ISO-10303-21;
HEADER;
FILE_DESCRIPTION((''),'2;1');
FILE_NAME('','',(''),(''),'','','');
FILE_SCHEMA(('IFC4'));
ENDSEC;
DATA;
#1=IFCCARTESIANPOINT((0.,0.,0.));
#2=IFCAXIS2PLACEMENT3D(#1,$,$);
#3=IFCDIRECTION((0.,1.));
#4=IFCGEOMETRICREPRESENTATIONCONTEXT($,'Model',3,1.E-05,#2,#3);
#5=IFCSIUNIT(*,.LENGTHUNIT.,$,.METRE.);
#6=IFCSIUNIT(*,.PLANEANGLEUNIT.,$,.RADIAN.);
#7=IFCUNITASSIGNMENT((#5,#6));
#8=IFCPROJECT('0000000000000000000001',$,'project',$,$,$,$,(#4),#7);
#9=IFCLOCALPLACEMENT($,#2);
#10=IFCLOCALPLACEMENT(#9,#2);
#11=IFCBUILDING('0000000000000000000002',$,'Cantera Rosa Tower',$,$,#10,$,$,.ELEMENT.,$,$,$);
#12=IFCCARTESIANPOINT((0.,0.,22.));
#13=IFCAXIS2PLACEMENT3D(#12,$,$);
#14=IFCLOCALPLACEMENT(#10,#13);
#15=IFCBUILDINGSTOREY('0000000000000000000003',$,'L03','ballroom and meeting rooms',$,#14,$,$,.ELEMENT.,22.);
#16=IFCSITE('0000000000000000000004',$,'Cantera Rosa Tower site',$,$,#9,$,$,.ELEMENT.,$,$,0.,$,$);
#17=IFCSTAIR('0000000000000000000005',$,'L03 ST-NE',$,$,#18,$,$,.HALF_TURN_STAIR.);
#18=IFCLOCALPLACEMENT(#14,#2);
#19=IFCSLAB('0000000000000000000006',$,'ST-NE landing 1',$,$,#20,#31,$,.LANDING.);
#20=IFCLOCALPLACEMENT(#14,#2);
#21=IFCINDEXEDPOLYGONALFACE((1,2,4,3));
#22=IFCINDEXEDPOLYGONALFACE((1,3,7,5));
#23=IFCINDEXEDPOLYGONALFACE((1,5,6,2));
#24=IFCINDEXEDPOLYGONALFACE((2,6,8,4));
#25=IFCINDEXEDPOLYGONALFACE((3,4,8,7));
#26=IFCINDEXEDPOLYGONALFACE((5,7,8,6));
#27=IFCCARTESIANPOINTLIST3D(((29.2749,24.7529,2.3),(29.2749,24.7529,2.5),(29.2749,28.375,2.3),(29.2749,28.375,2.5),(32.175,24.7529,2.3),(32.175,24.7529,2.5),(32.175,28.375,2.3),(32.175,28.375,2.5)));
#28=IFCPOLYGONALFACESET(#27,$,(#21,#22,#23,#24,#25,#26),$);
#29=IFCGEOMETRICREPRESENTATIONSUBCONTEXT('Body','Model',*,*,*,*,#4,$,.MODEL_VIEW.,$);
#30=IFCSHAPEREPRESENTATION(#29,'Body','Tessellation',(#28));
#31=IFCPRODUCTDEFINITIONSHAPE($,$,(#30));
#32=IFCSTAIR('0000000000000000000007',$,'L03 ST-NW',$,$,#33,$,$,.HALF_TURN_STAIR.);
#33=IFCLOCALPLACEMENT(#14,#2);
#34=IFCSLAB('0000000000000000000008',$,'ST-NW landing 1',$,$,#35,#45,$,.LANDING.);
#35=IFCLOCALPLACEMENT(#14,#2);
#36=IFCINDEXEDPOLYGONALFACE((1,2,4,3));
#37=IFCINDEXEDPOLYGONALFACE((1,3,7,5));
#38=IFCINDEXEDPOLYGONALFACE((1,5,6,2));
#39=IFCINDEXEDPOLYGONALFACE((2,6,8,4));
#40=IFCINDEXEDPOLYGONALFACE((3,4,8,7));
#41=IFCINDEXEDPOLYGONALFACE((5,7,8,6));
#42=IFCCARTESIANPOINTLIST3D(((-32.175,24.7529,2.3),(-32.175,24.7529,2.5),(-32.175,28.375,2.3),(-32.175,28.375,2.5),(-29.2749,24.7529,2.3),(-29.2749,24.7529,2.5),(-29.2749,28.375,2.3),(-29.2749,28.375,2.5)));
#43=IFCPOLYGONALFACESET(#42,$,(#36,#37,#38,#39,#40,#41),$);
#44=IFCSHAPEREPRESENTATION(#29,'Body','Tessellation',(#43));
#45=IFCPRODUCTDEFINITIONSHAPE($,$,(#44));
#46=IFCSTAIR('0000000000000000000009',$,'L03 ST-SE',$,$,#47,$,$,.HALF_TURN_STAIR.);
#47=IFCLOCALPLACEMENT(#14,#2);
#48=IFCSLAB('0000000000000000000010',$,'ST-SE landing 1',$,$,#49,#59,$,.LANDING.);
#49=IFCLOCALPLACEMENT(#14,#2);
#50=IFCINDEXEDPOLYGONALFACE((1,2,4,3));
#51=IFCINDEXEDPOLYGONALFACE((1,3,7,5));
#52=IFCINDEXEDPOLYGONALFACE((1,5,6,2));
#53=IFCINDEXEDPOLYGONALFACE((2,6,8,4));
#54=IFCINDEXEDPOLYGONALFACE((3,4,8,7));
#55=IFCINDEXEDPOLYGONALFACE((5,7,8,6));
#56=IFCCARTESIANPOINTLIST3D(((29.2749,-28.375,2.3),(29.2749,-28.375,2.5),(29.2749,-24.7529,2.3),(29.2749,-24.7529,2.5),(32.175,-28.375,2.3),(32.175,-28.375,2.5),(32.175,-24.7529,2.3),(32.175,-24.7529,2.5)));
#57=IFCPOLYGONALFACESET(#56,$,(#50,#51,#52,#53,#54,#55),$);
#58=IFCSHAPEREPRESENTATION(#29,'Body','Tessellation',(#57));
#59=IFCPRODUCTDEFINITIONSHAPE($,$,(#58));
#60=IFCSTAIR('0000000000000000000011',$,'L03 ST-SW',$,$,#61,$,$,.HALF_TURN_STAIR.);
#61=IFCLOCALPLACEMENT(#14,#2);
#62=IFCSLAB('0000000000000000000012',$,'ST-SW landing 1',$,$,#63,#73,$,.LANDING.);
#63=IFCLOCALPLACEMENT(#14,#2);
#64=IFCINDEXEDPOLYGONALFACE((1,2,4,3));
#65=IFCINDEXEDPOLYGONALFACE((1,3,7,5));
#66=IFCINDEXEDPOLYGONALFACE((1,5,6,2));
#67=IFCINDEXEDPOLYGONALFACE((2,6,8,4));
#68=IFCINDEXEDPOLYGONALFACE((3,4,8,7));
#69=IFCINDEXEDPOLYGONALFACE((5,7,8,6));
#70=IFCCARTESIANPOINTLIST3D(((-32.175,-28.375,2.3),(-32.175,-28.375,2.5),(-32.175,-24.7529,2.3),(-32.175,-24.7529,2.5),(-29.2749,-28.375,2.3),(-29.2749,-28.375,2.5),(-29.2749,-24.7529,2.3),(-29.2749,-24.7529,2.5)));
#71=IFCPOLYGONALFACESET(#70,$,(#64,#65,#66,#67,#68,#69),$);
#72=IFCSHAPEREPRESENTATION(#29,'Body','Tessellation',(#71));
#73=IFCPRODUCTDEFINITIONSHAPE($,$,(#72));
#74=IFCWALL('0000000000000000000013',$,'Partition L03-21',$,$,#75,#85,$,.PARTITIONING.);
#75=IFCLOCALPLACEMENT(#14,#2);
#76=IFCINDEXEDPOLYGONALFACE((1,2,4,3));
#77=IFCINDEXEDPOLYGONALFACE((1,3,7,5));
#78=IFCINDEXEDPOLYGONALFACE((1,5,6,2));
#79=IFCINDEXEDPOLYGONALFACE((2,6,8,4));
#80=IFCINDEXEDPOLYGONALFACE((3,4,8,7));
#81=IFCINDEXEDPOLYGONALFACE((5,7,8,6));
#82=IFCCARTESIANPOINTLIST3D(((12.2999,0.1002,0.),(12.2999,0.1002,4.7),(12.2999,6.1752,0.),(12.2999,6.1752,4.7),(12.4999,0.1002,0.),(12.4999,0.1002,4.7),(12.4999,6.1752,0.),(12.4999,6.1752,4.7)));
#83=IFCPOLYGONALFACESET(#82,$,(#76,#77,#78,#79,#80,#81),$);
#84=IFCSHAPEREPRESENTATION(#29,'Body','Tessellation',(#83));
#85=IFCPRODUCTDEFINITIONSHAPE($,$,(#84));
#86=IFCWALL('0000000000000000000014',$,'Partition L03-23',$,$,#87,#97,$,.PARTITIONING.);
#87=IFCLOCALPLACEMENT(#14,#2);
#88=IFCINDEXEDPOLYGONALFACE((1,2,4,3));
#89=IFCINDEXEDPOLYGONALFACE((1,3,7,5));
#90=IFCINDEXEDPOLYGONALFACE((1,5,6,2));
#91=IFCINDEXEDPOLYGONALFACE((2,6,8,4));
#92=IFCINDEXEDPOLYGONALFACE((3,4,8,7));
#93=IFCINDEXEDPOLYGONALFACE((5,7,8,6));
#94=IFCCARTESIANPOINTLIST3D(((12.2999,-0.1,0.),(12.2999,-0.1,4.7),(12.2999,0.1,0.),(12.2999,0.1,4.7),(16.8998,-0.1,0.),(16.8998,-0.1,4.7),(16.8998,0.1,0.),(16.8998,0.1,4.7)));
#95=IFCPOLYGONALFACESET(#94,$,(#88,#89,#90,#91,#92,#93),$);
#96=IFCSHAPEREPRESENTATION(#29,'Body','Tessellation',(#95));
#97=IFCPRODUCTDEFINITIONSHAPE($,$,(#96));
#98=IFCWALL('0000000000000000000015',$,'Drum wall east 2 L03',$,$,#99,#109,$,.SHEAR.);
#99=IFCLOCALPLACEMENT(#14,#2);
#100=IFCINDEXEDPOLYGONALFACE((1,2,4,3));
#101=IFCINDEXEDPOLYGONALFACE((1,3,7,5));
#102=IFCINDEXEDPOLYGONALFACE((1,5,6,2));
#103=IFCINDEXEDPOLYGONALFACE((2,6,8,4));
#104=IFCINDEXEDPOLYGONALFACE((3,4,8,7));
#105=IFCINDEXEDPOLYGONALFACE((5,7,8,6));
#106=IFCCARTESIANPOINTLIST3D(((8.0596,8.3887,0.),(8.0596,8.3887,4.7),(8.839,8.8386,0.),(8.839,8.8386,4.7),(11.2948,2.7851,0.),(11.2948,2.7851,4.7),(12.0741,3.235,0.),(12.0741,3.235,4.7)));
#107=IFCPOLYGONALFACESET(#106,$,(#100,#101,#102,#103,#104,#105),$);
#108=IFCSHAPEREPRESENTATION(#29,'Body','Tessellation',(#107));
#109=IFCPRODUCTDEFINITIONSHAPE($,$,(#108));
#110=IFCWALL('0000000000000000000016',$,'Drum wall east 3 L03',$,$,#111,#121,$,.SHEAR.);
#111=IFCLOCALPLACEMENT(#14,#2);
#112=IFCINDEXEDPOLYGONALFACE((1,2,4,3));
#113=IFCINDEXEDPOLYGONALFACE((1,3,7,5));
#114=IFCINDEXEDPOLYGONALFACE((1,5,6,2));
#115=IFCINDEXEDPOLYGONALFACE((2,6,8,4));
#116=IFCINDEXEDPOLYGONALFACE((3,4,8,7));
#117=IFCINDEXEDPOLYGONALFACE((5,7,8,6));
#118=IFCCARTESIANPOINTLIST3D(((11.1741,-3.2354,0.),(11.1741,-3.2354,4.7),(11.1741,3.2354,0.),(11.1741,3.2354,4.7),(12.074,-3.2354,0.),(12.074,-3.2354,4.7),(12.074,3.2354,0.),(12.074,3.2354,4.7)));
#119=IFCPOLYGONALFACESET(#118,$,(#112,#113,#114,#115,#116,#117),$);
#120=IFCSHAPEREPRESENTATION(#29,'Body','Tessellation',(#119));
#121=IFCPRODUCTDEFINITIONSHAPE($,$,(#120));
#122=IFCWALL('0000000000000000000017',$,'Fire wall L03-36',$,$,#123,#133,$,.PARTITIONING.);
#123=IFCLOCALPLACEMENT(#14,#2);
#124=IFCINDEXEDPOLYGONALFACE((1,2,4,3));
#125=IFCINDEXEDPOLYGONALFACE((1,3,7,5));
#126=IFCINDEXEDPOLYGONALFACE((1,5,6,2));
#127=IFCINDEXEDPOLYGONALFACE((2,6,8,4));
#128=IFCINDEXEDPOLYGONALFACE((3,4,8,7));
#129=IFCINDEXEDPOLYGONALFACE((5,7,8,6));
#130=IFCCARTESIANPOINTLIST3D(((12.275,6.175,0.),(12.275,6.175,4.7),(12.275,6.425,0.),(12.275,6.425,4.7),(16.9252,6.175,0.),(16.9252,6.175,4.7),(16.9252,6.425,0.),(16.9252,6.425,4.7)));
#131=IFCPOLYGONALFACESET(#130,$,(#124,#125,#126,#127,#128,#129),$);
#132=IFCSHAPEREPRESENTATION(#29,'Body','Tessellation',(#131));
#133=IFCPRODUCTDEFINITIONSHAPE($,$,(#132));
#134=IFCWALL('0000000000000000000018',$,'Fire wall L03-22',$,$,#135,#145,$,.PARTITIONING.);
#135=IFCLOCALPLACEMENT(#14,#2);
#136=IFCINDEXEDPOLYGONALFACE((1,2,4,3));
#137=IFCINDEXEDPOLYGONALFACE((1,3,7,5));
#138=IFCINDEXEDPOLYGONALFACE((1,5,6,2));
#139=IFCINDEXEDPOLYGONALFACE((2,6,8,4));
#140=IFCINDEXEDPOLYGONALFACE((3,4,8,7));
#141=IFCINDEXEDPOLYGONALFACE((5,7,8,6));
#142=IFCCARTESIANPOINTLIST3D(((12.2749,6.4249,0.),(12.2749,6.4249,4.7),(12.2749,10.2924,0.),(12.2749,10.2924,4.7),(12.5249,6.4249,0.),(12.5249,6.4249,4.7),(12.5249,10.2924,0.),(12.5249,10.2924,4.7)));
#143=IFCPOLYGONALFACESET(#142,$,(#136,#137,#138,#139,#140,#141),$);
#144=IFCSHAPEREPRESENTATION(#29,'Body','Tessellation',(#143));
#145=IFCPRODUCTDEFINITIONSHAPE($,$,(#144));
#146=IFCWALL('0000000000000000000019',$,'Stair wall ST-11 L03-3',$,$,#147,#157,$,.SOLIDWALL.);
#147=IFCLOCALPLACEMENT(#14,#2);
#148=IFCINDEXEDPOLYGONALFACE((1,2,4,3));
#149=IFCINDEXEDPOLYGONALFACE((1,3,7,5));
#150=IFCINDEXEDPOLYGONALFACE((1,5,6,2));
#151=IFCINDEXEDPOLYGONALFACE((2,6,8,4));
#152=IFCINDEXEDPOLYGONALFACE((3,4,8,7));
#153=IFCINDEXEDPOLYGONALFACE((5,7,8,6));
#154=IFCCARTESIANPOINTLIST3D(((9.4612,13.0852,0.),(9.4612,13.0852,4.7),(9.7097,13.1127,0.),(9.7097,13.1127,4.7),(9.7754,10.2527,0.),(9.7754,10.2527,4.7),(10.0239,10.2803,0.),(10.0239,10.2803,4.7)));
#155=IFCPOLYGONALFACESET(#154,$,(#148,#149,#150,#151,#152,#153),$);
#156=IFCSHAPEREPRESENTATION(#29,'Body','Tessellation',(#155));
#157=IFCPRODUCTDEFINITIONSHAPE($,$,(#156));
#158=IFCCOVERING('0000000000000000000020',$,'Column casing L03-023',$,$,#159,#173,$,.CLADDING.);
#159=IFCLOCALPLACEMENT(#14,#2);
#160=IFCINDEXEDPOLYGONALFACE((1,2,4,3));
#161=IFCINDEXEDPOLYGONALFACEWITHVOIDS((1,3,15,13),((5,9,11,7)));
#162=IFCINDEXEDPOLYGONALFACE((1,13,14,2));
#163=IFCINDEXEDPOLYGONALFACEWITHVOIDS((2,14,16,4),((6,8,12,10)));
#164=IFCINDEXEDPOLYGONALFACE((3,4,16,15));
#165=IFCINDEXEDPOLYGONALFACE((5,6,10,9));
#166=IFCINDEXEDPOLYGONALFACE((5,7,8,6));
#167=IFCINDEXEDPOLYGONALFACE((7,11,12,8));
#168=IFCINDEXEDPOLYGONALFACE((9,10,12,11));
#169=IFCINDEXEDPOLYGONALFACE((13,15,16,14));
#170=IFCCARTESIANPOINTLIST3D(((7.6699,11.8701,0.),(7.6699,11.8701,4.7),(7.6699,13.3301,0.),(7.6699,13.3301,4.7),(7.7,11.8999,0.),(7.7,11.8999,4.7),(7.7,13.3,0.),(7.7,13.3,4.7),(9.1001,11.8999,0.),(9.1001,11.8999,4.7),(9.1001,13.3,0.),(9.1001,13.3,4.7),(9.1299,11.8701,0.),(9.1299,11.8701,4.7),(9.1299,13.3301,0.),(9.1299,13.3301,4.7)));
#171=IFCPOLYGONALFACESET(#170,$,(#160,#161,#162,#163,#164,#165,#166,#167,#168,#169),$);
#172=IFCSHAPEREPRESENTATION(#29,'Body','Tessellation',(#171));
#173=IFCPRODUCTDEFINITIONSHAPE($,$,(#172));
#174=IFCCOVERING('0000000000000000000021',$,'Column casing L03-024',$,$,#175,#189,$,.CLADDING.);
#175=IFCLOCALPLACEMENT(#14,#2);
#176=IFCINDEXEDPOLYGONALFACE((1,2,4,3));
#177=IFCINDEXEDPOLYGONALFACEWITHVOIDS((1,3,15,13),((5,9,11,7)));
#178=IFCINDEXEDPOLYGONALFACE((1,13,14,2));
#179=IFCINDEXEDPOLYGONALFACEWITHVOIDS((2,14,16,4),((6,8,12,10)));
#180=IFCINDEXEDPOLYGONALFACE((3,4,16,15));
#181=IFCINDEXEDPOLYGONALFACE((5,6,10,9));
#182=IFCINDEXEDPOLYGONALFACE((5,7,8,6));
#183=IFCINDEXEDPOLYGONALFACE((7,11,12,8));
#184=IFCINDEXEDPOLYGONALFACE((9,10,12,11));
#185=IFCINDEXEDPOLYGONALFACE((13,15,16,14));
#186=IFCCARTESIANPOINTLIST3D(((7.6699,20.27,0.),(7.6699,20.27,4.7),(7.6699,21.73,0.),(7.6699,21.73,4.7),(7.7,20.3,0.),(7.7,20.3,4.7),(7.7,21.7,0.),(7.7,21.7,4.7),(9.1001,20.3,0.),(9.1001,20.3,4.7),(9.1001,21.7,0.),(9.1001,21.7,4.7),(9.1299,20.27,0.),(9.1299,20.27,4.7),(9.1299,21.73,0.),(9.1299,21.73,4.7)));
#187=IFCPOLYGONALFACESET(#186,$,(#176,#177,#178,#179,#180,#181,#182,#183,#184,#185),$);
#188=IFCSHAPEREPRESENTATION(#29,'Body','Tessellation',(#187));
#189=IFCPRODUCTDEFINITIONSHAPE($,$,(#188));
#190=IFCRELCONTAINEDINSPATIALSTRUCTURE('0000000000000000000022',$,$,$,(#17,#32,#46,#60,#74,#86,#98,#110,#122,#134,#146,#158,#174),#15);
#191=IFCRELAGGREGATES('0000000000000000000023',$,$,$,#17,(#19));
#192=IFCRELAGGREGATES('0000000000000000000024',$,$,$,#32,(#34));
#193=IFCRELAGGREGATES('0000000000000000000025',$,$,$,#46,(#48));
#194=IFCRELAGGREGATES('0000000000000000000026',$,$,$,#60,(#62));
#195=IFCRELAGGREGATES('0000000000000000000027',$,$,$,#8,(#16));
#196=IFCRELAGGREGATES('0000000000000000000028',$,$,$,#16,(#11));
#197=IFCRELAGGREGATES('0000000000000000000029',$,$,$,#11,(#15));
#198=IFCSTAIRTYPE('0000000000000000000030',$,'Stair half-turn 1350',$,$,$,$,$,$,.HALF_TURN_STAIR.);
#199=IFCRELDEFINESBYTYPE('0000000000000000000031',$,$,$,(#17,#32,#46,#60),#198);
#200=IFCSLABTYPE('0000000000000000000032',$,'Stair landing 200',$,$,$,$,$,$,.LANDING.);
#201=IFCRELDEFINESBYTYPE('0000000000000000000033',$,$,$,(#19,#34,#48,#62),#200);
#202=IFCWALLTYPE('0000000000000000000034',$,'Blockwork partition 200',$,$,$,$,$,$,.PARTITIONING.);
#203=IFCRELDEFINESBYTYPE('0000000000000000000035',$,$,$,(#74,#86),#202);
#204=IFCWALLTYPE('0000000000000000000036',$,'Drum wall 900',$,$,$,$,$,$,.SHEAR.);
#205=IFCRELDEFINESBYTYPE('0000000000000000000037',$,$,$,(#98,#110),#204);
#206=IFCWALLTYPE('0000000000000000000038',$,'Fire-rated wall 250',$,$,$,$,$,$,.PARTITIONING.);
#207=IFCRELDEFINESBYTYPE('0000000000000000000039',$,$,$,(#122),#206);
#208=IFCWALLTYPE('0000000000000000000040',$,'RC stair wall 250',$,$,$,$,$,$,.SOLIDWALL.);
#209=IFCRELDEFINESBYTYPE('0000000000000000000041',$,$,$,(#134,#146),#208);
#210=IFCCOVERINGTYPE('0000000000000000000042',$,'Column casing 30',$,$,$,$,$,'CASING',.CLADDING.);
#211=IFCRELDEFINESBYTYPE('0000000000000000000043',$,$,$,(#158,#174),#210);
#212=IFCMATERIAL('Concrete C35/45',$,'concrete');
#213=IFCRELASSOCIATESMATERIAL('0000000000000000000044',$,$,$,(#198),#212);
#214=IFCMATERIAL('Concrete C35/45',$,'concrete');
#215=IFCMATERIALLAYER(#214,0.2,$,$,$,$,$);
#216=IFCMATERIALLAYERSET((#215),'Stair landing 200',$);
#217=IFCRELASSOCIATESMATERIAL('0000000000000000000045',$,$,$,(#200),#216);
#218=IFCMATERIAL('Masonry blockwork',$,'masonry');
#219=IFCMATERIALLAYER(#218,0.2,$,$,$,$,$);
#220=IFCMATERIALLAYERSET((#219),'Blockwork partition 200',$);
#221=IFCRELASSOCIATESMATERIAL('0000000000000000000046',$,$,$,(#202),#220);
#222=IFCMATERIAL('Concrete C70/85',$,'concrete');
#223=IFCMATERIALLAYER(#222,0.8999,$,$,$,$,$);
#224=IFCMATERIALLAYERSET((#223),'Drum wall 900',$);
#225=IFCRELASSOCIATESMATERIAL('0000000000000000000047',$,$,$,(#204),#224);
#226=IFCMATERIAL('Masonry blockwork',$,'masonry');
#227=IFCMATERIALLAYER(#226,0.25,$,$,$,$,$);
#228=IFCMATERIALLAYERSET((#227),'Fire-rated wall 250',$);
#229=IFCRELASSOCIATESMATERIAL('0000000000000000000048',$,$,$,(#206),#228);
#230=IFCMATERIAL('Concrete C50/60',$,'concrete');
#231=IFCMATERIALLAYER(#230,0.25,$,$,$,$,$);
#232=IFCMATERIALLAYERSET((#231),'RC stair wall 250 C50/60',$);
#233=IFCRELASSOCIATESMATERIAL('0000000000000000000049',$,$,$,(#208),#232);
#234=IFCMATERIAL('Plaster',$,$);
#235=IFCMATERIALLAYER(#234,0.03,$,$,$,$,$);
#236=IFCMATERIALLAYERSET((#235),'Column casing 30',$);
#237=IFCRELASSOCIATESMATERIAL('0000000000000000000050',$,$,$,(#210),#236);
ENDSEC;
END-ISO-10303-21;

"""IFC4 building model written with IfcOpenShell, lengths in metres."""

from ifc_helpers import new_model, si_unit, direction, frame, frame_2d, origin, place, context, subcontext, project, spatial, polyline, rectangle, outline, extrude, material, layer, layer_set, type_object, element, aggregate, save


model = new_model("IFC4")

# Units and contexts
model_context = context("Model", 3, precision=1e-05, world=origin(), true_north=direction((0.0, 1.0)))
body_context = subcontext(model_context, "Body", "Model", "MODEL_VIEW")
ifc_project = project(units=[si_unit("LENGTHUNIT", "METRE"), si_unit("PLANEANGLEUNIT", "RADIAN")], contexts=[model_context])

# Site, building, storey
site_placement = place(None, origin())
site = spatial("IfcSite", under=ifc_project, at=site_placement, Name="Cantera Rosa Tower site", CompositionType="ELEMENT", RefElevation=0.0)
building_placement = place(site_placement, origin())
building = spatial("IfcBuilding", under=site, at=building_placement, Name="Cantera Rosa Tower", CompositionType="ELEMENT")
storey_placement = place(building_placement, frame((0.0, 0.0, 22.0)))
storey = spatial("IfcBuildingStorey", under=building, at=storey_placement, Name="L03", Description="ballroom and meeting rooms", CompositionType="ELEMENT", Elevation=22.0)

# Stairs, slabs
ifc_material_1 = material(Name="Concrete C35/45", Category="concrete")
stair_type = type_object("IfcStairType", Name="Stair half-turn 1350", PredefinedType="HALF_TURN_STAIR", material=ifc_material_1)
stair_1_placement = place(storey_placement, origin())
stair_1 = element("IfcStair", 1, at=stair_1_placement, inside=storey, type_object=stair_type, Name="L03 ST-NE", PredefinedType="HALF_TURN_STAIR")
ifc_material_2 = material(Name="Concrete C35/45", Category="concrete")
ifc_layer_1 = layer(ifc_material_2, 0.2)
ifc_layer_set_1 = layer_set([ifc_layer_1], Name="Stair landing 200")
slab_type = type_object("IfcSlabType", Name="Stair landing 200", PredefinedType="LANDING", material=ifc_layer_set_1)
slab_1_placement = place(storey_placement, frame((0.0, 0.0, 2.3)))
slab_1 = element("IfcSlab", 2, at=slab_1_placement, type_object=slab_type, Name="ST-NE landing 1", PredefinedType="LANDING", context=body_context, shape_type="SweptSolid", body=[
    extrude(outline(polyline([(32.175, 24.7529), (32.175, 28.375), (29.2749, 28.375), (29.2749, 24.7529), (32.175, 24.7529)])), origin(), (0.0, 0.0, 1.0), 0.2),
])
aggregate(stair_1, [slab_1])
stair_2_placement = place(storey_placement, origin())
stair_2 = element("IfcStair", 3, at=stair_2_placement, inside=storey, type_object=stair_type, Name="L03 ST-NW", PredefinedType="HALF_TURN_STAIR")
slab_2_placement = place(storey_placement, frame((0.0, 0.0, 2.3)))
slab_2 = element("IfcSlab", 4, at=slab_2_placement, type_object=slab_type, Name="ST-NW landing 1", PredefinedType="LANDING", context=body_context, shape_type="SweptSolid", body=[
    extrude(outline(polyline([(-29.2749, 24.7529), (-29.2749, 28.375), (-32.175, 28.375), (-32.175, 24.7529), (-29.2749, 24.7529)])), origin(), (0.0, 0.0, 1.0), 0.2),
])
aggregate(stair_2, [slab_2])
stair_3_placement = place(storey_placement, origin())
stair_3 = element("IfcStair", 5, at=stair_3_placement, inside=storey, type_object=stair_type, Name="L03 ST-SE", PredefinedType="HALF_TURN_STAIR")
slab_3_placement = place(storey_placement, frame((0.0, 0.0, 2.3)))
slab_3 = element("IfcSlab", 6, at=slab_3_placement, type_object=slab_type, Name="ST-SE landing 1", PredefinedType="LANDING", context=body_context, shape_type="SweptSolid", body=[
    extrude(outline(polyline([(29.2749, -24.7529), (29.2749, -28.375), (32.175, -28.375), (32.175, -24.7529), (29.2749, -24.7529)])), origin(), (0.0, 0.0, 1.0), 0.2),
])
aggregate(stair_3, [slab_3])
stair_4_placement = place(storey_placement, origin())
stair_4 = element("IfcStair", 7, at=stair_4_placement, inside=storey, type_object=stair_type, Name="L03 ST-SW", PredefinedType="HALF_TURN_STAIR")
slab_4_placement = place(storey_placement, frame((0.0, 0.0, 2.3)))
slab_4 = element("IfcSlab", 8, at=slab_4_placement, type_object=slab_type, Name="ST-SW landing 1", PredefinedType="LANDING", context=body_context, shape_type="SweptSolid", body=[
    extrude(outline(polyline([(-32.175, -24.7529), (-32.175, -28.375), (-29.2749, -28.375), (-29.2749, -24.7529), (-32.175, -24.7529)])), origin(), (0.0, 0.0, 1.0), 0.2),
])
aggregate(stair_4, [slab_4])

# Walls
ifc_material_3 = material(Name="Masonry blockwork", Category="masonry")
ifc_layer_2 = layer(ifc_material_3, 0.2)
ifc_layer_set_2 = layer_set([ifc_layer_2], Name="Blockwork partition 200")
wall_type_1 = type_object("IfcWallType", Name="Blockwork partition 200", PredefinedType="PARTITIONING", material=ifc_layer_set_2)
wall_1_placement = place(storey_placement, frame((12.3999, 0.1001, 0.0), z_axis=(0.0, 0.0, 1.0), x_axis=(0.0, 1.0, 0.0)))
element("IfcWall", 9, at=wall_1_placement, inside=storey, type_object=wall_type_1, Name="Partition L03-21", PredefinedType="PARTITIONING", context=body_context, shape_type="SweptSolid", body=[
    extrude(rectangle(XDim=6.075, YDim=0.2, at=frame_2d((3.0376, 0.0))), origin(), (0.0, 0.0, 1.0), 4.7),
])
wall_2_placement = place(storey_placement, frame((12.3, 0.0, 0.0), z_axis=(0.0, 0.0, 1.0), x_axis=(1.0, 0.0, 0.0)))
element("IfcWall", 10, at=wall_2_placement, inside=storey, type_object=wall_type_1, Name="Partition L03-23", PredefinedType="PARTITIONING", context=body_context, shape_type="SweptSolid", body=[
    extrude(rectangle(XDim=4.5999, YDim=0.2, at=frame_2d((2.2998, 0.0))), origin(), (0.0, 0.0, 1.0), 4.7),
])
ifc_material_4 = material(Name="Concrete C70/85", Category="concrete")
ifc_layer_3 = layer(ifc_material_4, 0.8999)
ifc_layer_set_3 = layer_set([ifc_layer_3], Name="Drum wall 900")
wall_type_2 = type_object("IfcWallType", Name="Drum wall 900", PredefinedType="SHEAR", material=ifc_layer_set_3)
wall_3_placement = place(storey_placement, frame((8.4492, 8.6138, 0.0), z_axis=(0.0, 0.0, 1.0), x_axis=(0.49999, -0.866031, 0.0)))
element("IfcWall", 11, at=wall_3_placement, inside=storey, type_object=wall_type_2, Name="Drum wall east 2 L03", PredefinedType="SHEAR", context=body_context, shape_type="SweptSolid", body=[
    extrude(rectangle(XDim=6.4705, YDim=0.8999, at=frame_2d((3.2354, 0.0))), origin(), (0.0, 0.0, 1.0), 4.7),
])
wall_4_placement = place(storey_placement, frame((11.624, 3.2354, 0.0), z_axis=(0.0, 0.0, 1.0), x_axis=(0.0, -1.0, 0.0)))
element("IfcWall", 12, at=wall_4_placement, inside=storey, type_object=wall_type_2, Name="Drum wall east 3 L03", PredefinedType="SHEAR", context=body_context, shape_type="SweptSolid", body=[
    extrude(rectangle(XDim=6.4707, YDim=0.8999, at=frame_2d((3.2354, 0.0))), origin(), (0.0, 0.0, 1.0), 4.7),
])
ifc_material_5 = material(Name="Masonry blockwork", Category="masonry")
ifc_layer_4 = layer(ifc_material_5, 0.25)
ifc_layer_set_4 = layer_set([ifc_layer_4], Name="Fire-rated wall 250")
wall_type_3 = type_object("IfcWallType", Name="Fire-rated wall 250", PredefinedType="PARTITIONING", material=ifc_layer_set_4)
wall_5_placement = place(storey_placement, frame((12.2749, 6.3, 0.0), z_axis=(0.0, 0.0, 1.0), x_axis=(1.0, 0.0, 0.0)))
element("IfcWall", 13, at=wall_5_placement, inside=storey, type_object=wall_type_3, Name="Fire wall L03-36", PredefinedType="PARTITIONING", context=body_context, shape_type="SweptSolid", body=[
    extrude(rectangle(XDim=4.6501, YDim=0.25, at=frame_2d((2.3252, 0.0))), origin(), (0.0, 0.0, 1.0), 4.7),
])
ifc_material_6 = material(Name="Concrete C50/60", Category="concrete")
ifc_layer_5 = layer(ifc_material_6, 0.25)
ifc_layer_set_5 = layer_set([ifc_layer_5], Name="RC stair wall 250 C50/60")
wall_type_4 = type_object("IfcWallType", Name="RC stair wall 250", PredefinedType="SOLIDWALL", material=ifc_layer_set_5)
wall_6_placement = place(storey_placement, frame((12.3999, 6.425, 0.0), z_axis=(0.0, 0.0, 1.0), x_axis=(0.0, 1.0, 0.0)))
element("IfcWall", 14, at=wall_6_placement, inside=storey, type_object=wall_type_4, Name="Fire wall L03-22", PredefinedType="PARTITIONING", context=body_context, shape_type="SweptSolid", body=[
    extrude(rectangle(XDim=3.8674, YDim=0.25, at=frame_2d((1.9336, 0.0))), origin(), (0.0, 0.0, 1.0), 4.7),
])
wall_7_placement = place(storey_placement, frame((9.8997, 10.2666, 0.0), z_axis=(0.0, 0.0, 1.0), x_axis=(-0.110253, 0.993904, 0.0)))
element("IfcWall", 15, at=wall_7_placement, inside=storey, type_object=wall_type_4, Name="Stair wall ST-11 L03-3", PredefinedType="SOLIDWALL", context=body_context, shape_type="SweptSolid", body=[
    extrude(rectangle(XDim=2.8499, YDim=0.25, at=frame_2d((1.4248, 0.0))), origin(), (0.0, 0.0, 1.0), 4.7),
])

# Coverings
ifc_material_7 = material(Name="Plaster")
ifc_layer_6 = layer(ifc_material_7, 0.03)
ifc_layer_set_6 = layer_set([ifc_layer_6], Name="Column casing 30")
covering_type = type_object("IfcCoveringType", Name="Column casing 30", ElementType="CASING", PredefinedType="CLADDING", material=ifc_layer_set_6)
covering_1_placement = place(storey_placement, origin())
element("IfcCovering", 16, at=covering_1_placement, inside=storey, type_object=covering_type, Name="Column casing L03-023", PredefinedType="CLADDING", context=body_context, shape_type="SweptSolid", body=[
    extrude(outline(polyline([(7.6699, 11.8701), (9.1299, 11.8701), (9.1299, 13.3301), (7.6699, 13.3301), (7.6699, 11.8701)]), holes=[polyline([(9.1001, 13.3), (7.7, 13.3), (7.7, 11.8999), (9.1001, 11.8999), (9.1001, 13.3)])]), origin(), (0.0, 0.0, 1.0), 4.7),
])
covering_2_placement = place(storey_placement, origin())
element("IfcCovering", 17, at=covering_2_placement, inside=storey, type_object=covering_type, Name="Column casing L03-024", PredefinedType="CLADDING", context=body_context, shape_type="SweptSolid", body=[
    extrude(outline(polyline([(7.6699, 20.27), (9.1299, 20.27), (9.1299, 21.73), (7.6699, 21.73), (7.6699, 20.27)]), holes=[polyline([(9.1001, 21.7), (7.7, 21.7), (7.7, 20.3), (9.1001, 20.3), (9.1001, 21.7)])]), origin(), (0.0, 0.0, 1.0), 4.7),
])

save(model, "model.ifc")
